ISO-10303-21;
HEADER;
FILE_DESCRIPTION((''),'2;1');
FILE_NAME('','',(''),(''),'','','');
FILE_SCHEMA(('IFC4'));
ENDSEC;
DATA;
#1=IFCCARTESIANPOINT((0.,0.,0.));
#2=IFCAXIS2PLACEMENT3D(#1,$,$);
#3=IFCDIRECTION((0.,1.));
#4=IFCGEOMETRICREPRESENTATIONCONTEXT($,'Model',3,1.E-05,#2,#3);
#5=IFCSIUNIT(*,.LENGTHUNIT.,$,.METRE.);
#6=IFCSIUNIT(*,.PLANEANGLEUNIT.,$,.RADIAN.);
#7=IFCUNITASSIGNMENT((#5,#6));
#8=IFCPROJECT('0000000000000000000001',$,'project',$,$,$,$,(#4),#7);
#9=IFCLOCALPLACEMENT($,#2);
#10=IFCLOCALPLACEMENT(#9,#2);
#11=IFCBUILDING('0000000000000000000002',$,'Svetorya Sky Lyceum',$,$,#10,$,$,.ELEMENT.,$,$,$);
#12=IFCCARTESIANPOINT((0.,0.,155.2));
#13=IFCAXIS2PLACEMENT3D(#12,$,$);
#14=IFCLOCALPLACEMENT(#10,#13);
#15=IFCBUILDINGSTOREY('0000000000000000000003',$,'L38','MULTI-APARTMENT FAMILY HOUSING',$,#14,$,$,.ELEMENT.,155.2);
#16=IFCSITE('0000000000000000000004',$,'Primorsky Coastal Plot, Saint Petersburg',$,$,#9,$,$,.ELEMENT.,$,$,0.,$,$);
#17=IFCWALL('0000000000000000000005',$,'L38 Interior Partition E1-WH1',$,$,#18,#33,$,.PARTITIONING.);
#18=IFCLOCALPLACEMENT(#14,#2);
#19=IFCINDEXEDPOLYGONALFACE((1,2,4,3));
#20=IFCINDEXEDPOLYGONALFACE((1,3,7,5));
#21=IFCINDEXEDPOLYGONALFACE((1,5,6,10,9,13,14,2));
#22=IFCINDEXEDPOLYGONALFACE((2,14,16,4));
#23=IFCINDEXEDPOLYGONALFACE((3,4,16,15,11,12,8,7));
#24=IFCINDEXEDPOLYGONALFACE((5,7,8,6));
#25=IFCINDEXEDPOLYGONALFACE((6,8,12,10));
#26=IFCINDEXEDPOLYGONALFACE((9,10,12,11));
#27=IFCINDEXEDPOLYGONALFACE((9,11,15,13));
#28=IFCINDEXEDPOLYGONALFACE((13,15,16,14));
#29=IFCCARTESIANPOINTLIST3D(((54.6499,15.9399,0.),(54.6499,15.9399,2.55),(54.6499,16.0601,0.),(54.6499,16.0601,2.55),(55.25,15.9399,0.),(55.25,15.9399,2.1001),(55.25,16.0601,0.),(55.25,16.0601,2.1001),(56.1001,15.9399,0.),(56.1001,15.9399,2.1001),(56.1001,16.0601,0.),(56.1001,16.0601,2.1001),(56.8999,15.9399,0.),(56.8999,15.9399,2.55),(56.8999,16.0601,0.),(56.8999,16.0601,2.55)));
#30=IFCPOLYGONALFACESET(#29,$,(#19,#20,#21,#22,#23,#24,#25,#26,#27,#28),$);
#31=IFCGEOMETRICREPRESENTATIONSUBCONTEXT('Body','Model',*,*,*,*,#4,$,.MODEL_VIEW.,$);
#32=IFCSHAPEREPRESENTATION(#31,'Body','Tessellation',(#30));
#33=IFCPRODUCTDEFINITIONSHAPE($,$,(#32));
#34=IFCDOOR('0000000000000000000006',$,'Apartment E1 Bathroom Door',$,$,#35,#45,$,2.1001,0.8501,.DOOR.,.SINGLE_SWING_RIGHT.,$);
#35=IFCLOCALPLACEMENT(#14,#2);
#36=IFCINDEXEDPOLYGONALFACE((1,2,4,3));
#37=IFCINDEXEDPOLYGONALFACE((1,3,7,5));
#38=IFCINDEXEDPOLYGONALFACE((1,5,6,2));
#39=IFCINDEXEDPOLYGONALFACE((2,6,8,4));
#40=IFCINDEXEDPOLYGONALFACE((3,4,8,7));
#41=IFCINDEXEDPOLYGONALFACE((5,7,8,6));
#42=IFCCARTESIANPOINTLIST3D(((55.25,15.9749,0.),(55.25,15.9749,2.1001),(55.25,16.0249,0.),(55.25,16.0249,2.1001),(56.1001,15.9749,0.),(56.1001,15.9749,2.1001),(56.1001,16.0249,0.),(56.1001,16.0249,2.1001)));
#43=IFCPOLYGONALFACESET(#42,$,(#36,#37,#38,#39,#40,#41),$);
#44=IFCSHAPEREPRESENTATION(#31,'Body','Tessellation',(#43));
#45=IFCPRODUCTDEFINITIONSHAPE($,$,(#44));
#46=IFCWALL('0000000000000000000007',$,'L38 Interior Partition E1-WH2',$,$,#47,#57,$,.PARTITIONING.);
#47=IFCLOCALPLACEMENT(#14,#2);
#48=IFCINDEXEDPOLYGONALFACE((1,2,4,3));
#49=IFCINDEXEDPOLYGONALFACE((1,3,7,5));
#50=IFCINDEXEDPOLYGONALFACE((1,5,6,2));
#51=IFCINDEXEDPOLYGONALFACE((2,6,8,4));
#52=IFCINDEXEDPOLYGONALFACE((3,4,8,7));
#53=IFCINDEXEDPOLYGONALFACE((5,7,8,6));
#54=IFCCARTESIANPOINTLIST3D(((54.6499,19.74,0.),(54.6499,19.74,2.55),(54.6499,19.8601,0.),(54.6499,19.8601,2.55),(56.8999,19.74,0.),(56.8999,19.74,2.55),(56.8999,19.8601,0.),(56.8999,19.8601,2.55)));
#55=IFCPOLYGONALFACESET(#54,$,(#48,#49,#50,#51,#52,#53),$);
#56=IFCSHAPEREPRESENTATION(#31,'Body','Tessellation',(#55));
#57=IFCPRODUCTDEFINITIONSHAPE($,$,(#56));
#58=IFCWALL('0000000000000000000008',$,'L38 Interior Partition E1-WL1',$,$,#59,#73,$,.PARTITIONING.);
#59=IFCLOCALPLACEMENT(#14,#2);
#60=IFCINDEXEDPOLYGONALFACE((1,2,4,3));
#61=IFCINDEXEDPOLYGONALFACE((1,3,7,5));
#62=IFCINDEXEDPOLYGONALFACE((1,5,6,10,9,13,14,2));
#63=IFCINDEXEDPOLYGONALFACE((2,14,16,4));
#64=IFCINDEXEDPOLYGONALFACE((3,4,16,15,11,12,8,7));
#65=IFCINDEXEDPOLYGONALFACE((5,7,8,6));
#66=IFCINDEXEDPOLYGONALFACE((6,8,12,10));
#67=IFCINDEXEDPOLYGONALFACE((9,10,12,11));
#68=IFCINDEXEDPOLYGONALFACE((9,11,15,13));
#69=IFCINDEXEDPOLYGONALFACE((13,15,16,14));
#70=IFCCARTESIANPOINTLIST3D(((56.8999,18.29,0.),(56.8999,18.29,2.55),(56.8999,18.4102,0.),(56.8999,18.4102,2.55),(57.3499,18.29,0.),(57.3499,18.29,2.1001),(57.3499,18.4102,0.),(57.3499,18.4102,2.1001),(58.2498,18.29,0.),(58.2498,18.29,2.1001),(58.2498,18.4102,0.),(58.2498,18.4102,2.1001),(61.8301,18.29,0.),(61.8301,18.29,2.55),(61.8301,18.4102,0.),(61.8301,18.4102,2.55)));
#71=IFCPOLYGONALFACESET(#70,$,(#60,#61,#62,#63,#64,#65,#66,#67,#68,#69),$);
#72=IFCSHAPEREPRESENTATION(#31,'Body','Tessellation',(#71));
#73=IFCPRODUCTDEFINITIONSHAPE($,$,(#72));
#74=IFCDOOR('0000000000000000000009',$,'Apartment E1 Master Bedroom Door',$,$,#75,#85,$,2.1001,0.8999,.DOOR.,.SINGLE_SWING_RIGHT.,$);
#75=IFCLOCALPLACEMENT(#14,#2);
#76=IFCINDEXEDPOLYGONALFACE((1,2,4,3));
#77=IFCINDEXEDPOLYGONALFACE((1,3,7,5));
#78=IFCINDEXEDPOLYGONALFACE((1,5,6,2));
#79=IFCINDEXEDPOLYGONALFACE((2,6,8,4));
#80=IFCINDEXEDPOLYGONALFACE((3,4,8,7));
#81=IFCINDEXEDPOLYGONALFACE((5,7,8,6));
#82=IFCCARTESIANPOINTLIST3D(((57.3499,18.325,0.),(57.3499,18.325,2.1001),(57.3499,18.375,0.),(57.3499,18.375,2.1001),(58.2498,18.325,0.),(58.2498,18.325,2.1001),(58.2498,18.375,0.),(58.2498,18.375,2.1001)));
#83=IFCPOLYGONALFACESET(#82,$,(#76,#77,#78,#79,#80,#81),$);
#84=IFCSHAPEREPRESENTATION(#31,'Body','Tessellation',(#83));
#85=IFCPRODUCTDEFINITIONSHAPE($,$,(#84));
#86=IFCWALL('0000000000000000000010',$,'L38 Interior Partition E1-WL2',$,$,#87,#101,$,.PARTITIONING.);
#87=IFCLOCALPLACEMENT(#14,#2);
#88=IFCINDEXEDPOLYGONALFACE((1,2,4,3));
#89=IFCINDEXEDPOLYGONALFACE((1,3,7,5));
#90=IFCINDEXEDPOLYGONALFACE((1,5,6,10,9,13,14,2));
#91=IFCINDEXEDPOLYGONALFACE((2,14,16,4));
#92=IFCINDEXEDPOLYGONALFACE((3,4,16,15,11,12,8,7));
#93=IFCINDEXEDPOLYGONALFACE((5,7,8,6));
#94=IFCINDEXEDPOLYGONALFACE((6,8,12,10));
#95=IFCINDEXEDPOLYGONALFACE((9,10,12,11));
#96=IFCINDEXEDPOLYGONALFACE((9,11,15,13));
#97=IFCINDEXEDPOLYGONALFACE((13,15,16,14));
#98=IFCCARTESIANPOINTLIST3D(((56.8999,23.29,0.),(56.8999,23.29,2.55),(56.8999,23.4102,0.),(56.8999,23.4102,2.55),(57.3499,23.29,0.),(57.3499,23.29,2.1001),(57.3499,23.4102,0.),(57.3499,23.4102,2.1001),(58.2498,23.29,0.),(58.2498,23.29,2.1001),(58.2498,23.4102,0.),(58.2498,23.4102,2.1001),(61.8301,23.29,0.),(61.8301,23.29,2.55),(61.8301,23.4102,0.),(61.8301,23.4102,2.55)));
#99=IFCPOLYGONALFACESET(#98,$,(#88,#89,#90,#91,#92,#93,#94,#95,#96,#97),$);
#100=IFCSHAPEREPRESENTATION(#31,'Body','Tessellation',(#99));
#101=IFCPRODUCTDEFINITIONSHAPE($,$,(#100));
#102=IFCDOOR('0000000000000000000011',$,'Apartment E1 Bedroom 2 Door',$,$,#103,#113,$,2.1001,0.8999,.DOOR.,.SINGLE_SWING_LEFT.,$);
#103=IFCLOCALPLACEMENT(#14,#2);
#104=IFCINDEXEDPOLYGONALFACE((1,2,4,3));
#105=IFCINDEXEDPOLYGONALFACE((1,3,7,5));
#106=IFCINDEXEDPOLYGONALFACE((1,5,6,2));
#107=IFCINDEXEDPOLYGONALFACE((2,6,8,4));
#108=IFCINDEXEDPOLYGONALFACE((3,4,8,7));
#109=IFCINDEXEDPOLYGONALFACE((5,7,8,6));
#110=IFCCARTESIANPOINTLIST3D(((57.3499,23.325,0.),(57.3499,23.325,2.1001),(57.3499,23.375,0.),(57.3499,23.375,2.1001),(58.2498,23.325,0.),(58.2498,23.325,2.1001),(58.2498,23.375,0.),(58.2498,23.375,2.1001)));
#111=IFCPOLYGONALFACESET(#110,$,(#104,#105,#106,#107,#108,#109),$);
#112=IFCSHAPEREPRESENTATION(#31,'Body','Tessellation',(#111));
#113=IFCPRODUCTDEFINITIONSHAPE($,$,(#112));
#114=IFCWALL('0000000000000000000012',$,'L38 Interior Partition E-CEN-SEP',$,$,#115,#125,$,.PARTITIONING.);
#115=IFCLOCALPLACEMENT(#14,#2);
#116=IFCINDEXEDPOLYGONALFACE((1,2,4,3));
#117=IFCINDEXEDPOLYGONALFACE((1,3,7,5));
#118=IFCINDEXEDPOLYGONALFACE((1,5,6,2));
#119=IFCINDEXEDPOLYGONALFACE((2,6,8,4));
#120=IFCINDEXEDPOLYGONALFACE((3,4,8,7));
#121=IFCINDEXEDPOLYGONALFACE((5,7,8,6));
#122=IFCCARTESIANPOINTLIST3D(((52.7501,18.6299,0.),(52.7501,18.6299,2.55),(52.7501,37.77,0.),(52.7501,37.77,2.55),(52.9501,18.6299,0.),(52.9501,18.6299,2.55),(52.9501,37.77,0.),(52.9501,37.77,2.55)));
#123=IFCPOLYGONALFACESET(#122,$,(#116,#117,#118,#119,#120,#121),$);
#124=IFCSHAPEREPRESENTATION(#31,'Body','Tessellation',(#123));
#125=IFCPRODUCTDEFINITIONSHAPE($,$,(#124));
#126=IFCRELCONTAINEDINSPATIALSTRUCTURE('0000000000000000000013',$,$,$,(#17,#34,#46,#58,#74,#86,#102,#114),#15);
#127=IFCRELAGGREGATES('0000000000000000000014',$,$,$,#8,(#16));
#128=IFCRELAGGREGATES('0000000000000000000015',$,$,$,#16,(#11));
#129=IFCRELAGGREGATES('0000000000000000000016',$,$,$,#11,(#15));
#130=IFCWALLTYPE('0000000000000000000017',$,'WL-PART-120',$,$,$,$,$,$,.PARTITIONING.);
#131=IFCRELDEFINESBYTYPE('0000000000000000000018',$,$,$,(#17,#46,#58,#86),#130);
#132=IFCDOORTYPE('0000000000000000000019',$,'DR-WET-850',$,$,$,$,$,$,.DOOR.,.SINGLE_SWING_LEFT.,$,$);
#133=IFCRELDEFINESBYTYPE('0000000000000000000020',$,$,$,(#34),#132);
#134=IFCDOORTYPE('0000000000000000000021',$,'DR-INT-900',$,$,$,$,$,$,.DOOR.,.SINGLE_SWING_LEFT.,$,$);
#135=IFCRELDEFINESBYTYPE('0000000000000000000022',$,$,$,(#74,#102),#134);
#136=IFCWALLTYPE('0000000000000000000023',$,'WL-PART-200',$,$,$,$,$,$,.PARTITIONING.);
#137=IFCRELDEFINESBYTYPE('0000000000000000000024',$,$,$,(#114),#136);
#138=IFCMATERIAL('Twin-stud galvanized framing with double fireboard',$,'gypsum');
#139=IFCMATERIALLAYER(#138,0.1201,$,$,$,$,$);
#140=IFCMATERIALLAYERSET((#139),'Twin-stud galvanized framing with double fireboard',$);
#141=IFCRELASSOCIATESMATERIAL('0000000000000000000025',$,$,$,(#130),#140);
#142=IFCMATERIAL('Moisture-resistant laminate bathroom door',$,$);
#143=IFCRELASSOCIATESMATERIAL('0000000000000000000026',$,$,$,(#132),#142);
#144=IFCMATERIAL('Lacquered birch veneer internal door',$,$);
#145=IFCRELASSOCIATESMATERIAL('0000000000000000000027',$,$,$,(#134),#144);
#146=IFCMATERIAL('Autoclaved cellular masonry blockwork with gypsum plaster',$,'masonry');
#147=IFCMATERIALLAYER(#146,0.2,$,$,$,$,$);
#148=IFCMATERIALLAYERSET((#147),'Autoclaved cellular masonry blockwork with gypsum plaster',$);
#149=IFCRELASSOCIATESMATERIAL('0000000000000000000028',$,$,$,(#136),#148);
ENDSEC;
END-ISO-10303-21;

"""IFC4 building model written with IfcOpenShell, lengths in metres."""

from ifc_helpers import new_model, si_unit, direction, frame, frame_2d, origin, place, context, subcontext, project, spatial, rectangle, extrude, material, layer, layer_set, type_object, element, fill, save


model = new_model("IFC4")

# Units and contexts
model_context = context("Model", 3, precision=1e-05, world=origin(), true_north=direction((0.0, 1.0)))
body_context = subcontext(model_context, "Body", "Model", "MODEL_VIEW")
ifc_project = project(units=[si_unit("LENGTHUNIT", "METRE"), si_unit("PLANEANGLEUNIT", "RADIAN")], contexts=[model_context])

# Site, building, storey
site_placement = place(None, origin())
site = spatial("IfcSite", under=ifc_project, at=site_placement, Name="Primorsky Coastal Plot, Saint Petersburg", CompositionType="ELEMENT", RefElevation=0.0)
building_placement = place(site_placement, origin())
building = spatial("IfcBuilding", under=site, at=building_placement, Name="Svetorya Sky Lyceum", CompositionType="ELEMENT")
storey_placement = place(building_placement, frame((0.0, 0.0, 155.2)))
storey = spatial("IfcBuildingStorey", under=building, at=storey_placement, Name="L38", Description="MULTI-APARTMENT FAMILY HOUSING", CompositionType="ELEMENT", Elevation=155.2)

# Wall, opening, door
ifc_material_1 = material(Name="Twin-stud galvanized framing with double fireboard", Category="gypsum")
ifc_layer_1 = layer(ifc_material_1, 0.1201)
ifc_layer_set_1 = layer_set([ifc_layer_1], Name="Twin-stud galvanized framing with double fireboard")
wall_type_1 = type_object("IfcWallType", Name="WL-PART-120", PredefinedType="PARTITIONING", material=ifc_layer_set_1)
wall_1_placement = place(storey_placement, frame((54.6499, 16.0, 0.0), z_axis=(0.0, 0.0, 1.0), x_axis=(1.0, 0.0, 0.0)))
wall_1 = element("IfcWall", 1, at=wall_1_placement, inside=storey, type_object=wall_type_1, Name="L38 Interior Partition E1-WH1", PredefinedType="PARTITIONING", context=body_context, shape_type="SweptSolid", body=[
    extrude(rectangle(XDim=2.25, YDim=0.1201, at=frame_2d((1.125, 0.0))), origin(), (0.0, 0.0, 1.0), 2.55),
])
opening_1_placement = place(wall_1_placement, frame((0.6001, 0.0, 0.0)))
opening_1 = element("IfcOpeningElement", 2, at=opening_1_placement, cuts=wall_1, PredefinedType="OPENING", context=body_context, shape_type="SweptSolid", body=[
    extrude(rectangle(XDim=0.8501, YDim=2.1001, at=frame_2d((0.425, 1.05))), frame((0.0, 0.0701, 0.0), z_axis=(0.0, -1.0, 0.0), x_axis=(1.0, 0.0, 0.0)), (0.0, 0.0, 1.0), 0.1401),
])
ifc_material_2 = material(Name="Moisture-resistant laminate bathroom door")
door_type_1 = type_object("IfcDoorType", Name="DR-WET-850", OperationType="SINGLE_SWING_LEFT", PredefinedType="DOOR", material=ifc_material_2)
door_1_placement = place(opening_1_placement, origin())
door_1 = element("IfcDoor", 3, at=door_1_placement, inside=storey, type_object=door_type_1, Name="Apartment E1 Bathroom Door", OperationType="SINGLE_SWING_RIGHT", OverallHeight=2.1001, OverallWidth=0.8501, PredefinedType="DOOR", context=body_context, shape_type="SweptSolid", body=[
    extrude(rectangle(XDim=0.8501, YDim=2.1001, at=frame_2d((0.425, 1.05))), frame((0.0, 0.0249, 0.0), z_axis=(0.0, -1.0, 0.0), x_axis=(1.0, 0.0, 0.0)), (0.0, 0.0, 1.0), 0.05),
])
fill(opening_1, door_1)

# Wall
wall_2_placement = place(storey_placement, frame((54.6499, 19.8, 0.0), z_axis=(0.0, 0.0, 1.0), x_axis=(1.0, 0.0, 0.0)))
element("IfcWall", 4, at=wall_2_placement, inside=storey, type_object=wall_type_1, Name="L38 Interior Partition E1-WH2", PredefinedType="PARTITIONING", context=body_context, shape_type="SweptSolid", body=[
    extrude(rectangle(XDim=2.25, YDim=0.1201, at=frame_2d((1.125, 0.0))), origin(), (0.0, 0.0, 1.0), 2.55),
])

# Walls, openings, doors
wall_3_placement = place(storey_placement, frame((56.8999, 18.3501, 0.0), z_axis=(0.0, 0.0, 1.0), x_axis=(1.0, 0.0, 0.0)))
wall_3 = element("IfcWall", 5, at=wall_3_placement, inside=storey, type_object=wall_type_1, Name="L38 Interior Partition E1-WL1", PredefinedType="PARTITIONING", context=body_context, shape_type="SweptSolid", body=[
    extrude(rectangle(XDim=4.9302, YDim=0.1201, at=frame_2d((2.4651, 0.0))), origin(), (0.0, 0.0, 1.0), 2.55),
])
opening_2_placement = place(wall_3_placement, frame((0.45, 0.0, 0.0)))
opening_2 = element("IfcOpeningElement", 6, at=opening_2_placement, cuts=wall_3, PredefinedType="OPENING", context=body_context, shape_type="SweptSolid", body=[
    extrude(rectangle(XDim=0.8999, YDim=2.1001, at=frame_2d((0.45, 1.05))), frame((0.0, 0.0701, 0.0), z_axis=(0.0, -1.0, 0.0), x_axis=(1.0, 0.0, 0.0)), (0.0, 0.0, 1.0), 0.1401),
])
ifc_material_3 = material(Name="Lacquered birch veneer internal door")
door_type_2 = type_object("IfcDoorType", Name="DR-INT-900", OperationType="SINGLE_SWING_LEFT", PredefinedType="DOOR", material=ifc_material_3)
door_2_placement = place(opening_2_placement, origin())
door_2 = element("IfcDoor", 7, at=door_2_placement, inside=storey, type_object=door_type_2, Name="Apartment E1 Master Bedroom Door", OperationType="SINGLE_SWING_RIGHT", OverallHeight=2.1001, OverallWidth=0.8999, PredefinedType="DOOR", context=body_context, shape_type="SweptSolid", body=[
    extrude(rectangle(XDim=0.8999, YDim=2.1001, at=frame_2d((0.45, 1.05))), frame((0.0, 0.0249, 0.0), z_axis=(0.0, -1.0, 0.0), x_axis=(1.0, 0.0, 0.0)), (0.0, 0.0, 1.0), 0.05),
])
fill(opening_2, door_2)
wall_4_placement = place(storey_placement, frame((56.8999, 23.3501, 0.0), z_axis=(0.0, 0.0, 1.0), x_axis=(1.0, 0.0, 0.0)))
wall_4 = element("IfcWall", 8, at=wall_4_placement, inside=storey, type_object=wall_type_1, Name="L38 Interior Partition E1-WL2", PredefinedType="PARTITIONING", context=body_context, shape_type="SweptSolid", body=[
    extrude(rectangle(XDim=4.9302, YDim=0.1201, at=frame_2d((2.4651, 0.0))), origin(), (0.0, 0.0, 1.0), 2.55),
])
opening_3_placement = place(wall_4_placement, frame((0.45, 0.0, 0.0)))
opening_3 = element("IfcOpeningElement", 9, at=opening_3_placement, cuts=wall_4, PredefinedType="OPENING", context=body_context, shape_type="SweptSolid", body=[
    extrude(rectangle(XDim=0.8999, YDim=2.1001, at=frame_2d((0.45, 1.05))), frame((0.0, 0.0701, 0.0), z_axis=(0.0, -1.0, 0.0), x_axis=(1.0, 0.0, 0.0)), (0.0, 0.0, 1.0), 0.1401),
])
door_3_placement = place(opening_3_placement, origin())
door_3 = element("IfcDoor", 10, at=door_3_placement, inside=storey, type_object=door_type_2, Name="Apartment E1 Bedroom 2 Door", OperationType="SINGLE_SWING_LEFT", OverallHeight=2.1001, OverallWidth=0.8999, PredefinedType="DOOR", context=body_context, shape_type="SweptSolid", body=[
    extrude(rectangle(XDim=0.8999, YDim=2.1001, at=frame_2d((0.45, 1.05))), frame((0.0, 0.0249, 0.0), z_axis=(0.0, -1.0, 0.0), x_axis=(1.0, 0.0, 0.0)), (0.0, 0.0, 1.0), 0.05),
])
fill(opening_3, door_3)

# Wall
ifc_material_4 = material(Name="Autoclaved cellular masonry blockwork with gypsum plaster", Category="masonry")
ifc_layer_2 = layer(ifc_material_4, 0.2)
ifc_layer_set_2 = layer_set([ifc_layer_2], Name="Autoclaved cellular masonry blockwork with gypsum plaster")
wall_type_2 = type_object("IfcWallType", Name="WL-PART-200", PredefinedType="PARTITIONING", material=ifc_layer_set_2)
wall_5_placement = place(storey_placement, frame((52.8501, 18.6299, 0.0), z_axis=(0.0, 0.0, 1.0), x_axis=(0.0, 1.0, 0.0)))
element("IfcWall", 11, at=wall_5_placement, inside=storey, type_object=wall_type_2, Name="L38 Interior Partition E-CEN-SEP", PredefinedType="PARTITIONING", context=body_context, shape_type="SweptSolid", body=[
    extrude(rectangle(XDim=19.1401, YDim=0.2, at=frame_2d((9.5701, 0.0))), origin(), (0.0, 0.0, 1.0), 2.55),
])

save(model, "model.ifc")
